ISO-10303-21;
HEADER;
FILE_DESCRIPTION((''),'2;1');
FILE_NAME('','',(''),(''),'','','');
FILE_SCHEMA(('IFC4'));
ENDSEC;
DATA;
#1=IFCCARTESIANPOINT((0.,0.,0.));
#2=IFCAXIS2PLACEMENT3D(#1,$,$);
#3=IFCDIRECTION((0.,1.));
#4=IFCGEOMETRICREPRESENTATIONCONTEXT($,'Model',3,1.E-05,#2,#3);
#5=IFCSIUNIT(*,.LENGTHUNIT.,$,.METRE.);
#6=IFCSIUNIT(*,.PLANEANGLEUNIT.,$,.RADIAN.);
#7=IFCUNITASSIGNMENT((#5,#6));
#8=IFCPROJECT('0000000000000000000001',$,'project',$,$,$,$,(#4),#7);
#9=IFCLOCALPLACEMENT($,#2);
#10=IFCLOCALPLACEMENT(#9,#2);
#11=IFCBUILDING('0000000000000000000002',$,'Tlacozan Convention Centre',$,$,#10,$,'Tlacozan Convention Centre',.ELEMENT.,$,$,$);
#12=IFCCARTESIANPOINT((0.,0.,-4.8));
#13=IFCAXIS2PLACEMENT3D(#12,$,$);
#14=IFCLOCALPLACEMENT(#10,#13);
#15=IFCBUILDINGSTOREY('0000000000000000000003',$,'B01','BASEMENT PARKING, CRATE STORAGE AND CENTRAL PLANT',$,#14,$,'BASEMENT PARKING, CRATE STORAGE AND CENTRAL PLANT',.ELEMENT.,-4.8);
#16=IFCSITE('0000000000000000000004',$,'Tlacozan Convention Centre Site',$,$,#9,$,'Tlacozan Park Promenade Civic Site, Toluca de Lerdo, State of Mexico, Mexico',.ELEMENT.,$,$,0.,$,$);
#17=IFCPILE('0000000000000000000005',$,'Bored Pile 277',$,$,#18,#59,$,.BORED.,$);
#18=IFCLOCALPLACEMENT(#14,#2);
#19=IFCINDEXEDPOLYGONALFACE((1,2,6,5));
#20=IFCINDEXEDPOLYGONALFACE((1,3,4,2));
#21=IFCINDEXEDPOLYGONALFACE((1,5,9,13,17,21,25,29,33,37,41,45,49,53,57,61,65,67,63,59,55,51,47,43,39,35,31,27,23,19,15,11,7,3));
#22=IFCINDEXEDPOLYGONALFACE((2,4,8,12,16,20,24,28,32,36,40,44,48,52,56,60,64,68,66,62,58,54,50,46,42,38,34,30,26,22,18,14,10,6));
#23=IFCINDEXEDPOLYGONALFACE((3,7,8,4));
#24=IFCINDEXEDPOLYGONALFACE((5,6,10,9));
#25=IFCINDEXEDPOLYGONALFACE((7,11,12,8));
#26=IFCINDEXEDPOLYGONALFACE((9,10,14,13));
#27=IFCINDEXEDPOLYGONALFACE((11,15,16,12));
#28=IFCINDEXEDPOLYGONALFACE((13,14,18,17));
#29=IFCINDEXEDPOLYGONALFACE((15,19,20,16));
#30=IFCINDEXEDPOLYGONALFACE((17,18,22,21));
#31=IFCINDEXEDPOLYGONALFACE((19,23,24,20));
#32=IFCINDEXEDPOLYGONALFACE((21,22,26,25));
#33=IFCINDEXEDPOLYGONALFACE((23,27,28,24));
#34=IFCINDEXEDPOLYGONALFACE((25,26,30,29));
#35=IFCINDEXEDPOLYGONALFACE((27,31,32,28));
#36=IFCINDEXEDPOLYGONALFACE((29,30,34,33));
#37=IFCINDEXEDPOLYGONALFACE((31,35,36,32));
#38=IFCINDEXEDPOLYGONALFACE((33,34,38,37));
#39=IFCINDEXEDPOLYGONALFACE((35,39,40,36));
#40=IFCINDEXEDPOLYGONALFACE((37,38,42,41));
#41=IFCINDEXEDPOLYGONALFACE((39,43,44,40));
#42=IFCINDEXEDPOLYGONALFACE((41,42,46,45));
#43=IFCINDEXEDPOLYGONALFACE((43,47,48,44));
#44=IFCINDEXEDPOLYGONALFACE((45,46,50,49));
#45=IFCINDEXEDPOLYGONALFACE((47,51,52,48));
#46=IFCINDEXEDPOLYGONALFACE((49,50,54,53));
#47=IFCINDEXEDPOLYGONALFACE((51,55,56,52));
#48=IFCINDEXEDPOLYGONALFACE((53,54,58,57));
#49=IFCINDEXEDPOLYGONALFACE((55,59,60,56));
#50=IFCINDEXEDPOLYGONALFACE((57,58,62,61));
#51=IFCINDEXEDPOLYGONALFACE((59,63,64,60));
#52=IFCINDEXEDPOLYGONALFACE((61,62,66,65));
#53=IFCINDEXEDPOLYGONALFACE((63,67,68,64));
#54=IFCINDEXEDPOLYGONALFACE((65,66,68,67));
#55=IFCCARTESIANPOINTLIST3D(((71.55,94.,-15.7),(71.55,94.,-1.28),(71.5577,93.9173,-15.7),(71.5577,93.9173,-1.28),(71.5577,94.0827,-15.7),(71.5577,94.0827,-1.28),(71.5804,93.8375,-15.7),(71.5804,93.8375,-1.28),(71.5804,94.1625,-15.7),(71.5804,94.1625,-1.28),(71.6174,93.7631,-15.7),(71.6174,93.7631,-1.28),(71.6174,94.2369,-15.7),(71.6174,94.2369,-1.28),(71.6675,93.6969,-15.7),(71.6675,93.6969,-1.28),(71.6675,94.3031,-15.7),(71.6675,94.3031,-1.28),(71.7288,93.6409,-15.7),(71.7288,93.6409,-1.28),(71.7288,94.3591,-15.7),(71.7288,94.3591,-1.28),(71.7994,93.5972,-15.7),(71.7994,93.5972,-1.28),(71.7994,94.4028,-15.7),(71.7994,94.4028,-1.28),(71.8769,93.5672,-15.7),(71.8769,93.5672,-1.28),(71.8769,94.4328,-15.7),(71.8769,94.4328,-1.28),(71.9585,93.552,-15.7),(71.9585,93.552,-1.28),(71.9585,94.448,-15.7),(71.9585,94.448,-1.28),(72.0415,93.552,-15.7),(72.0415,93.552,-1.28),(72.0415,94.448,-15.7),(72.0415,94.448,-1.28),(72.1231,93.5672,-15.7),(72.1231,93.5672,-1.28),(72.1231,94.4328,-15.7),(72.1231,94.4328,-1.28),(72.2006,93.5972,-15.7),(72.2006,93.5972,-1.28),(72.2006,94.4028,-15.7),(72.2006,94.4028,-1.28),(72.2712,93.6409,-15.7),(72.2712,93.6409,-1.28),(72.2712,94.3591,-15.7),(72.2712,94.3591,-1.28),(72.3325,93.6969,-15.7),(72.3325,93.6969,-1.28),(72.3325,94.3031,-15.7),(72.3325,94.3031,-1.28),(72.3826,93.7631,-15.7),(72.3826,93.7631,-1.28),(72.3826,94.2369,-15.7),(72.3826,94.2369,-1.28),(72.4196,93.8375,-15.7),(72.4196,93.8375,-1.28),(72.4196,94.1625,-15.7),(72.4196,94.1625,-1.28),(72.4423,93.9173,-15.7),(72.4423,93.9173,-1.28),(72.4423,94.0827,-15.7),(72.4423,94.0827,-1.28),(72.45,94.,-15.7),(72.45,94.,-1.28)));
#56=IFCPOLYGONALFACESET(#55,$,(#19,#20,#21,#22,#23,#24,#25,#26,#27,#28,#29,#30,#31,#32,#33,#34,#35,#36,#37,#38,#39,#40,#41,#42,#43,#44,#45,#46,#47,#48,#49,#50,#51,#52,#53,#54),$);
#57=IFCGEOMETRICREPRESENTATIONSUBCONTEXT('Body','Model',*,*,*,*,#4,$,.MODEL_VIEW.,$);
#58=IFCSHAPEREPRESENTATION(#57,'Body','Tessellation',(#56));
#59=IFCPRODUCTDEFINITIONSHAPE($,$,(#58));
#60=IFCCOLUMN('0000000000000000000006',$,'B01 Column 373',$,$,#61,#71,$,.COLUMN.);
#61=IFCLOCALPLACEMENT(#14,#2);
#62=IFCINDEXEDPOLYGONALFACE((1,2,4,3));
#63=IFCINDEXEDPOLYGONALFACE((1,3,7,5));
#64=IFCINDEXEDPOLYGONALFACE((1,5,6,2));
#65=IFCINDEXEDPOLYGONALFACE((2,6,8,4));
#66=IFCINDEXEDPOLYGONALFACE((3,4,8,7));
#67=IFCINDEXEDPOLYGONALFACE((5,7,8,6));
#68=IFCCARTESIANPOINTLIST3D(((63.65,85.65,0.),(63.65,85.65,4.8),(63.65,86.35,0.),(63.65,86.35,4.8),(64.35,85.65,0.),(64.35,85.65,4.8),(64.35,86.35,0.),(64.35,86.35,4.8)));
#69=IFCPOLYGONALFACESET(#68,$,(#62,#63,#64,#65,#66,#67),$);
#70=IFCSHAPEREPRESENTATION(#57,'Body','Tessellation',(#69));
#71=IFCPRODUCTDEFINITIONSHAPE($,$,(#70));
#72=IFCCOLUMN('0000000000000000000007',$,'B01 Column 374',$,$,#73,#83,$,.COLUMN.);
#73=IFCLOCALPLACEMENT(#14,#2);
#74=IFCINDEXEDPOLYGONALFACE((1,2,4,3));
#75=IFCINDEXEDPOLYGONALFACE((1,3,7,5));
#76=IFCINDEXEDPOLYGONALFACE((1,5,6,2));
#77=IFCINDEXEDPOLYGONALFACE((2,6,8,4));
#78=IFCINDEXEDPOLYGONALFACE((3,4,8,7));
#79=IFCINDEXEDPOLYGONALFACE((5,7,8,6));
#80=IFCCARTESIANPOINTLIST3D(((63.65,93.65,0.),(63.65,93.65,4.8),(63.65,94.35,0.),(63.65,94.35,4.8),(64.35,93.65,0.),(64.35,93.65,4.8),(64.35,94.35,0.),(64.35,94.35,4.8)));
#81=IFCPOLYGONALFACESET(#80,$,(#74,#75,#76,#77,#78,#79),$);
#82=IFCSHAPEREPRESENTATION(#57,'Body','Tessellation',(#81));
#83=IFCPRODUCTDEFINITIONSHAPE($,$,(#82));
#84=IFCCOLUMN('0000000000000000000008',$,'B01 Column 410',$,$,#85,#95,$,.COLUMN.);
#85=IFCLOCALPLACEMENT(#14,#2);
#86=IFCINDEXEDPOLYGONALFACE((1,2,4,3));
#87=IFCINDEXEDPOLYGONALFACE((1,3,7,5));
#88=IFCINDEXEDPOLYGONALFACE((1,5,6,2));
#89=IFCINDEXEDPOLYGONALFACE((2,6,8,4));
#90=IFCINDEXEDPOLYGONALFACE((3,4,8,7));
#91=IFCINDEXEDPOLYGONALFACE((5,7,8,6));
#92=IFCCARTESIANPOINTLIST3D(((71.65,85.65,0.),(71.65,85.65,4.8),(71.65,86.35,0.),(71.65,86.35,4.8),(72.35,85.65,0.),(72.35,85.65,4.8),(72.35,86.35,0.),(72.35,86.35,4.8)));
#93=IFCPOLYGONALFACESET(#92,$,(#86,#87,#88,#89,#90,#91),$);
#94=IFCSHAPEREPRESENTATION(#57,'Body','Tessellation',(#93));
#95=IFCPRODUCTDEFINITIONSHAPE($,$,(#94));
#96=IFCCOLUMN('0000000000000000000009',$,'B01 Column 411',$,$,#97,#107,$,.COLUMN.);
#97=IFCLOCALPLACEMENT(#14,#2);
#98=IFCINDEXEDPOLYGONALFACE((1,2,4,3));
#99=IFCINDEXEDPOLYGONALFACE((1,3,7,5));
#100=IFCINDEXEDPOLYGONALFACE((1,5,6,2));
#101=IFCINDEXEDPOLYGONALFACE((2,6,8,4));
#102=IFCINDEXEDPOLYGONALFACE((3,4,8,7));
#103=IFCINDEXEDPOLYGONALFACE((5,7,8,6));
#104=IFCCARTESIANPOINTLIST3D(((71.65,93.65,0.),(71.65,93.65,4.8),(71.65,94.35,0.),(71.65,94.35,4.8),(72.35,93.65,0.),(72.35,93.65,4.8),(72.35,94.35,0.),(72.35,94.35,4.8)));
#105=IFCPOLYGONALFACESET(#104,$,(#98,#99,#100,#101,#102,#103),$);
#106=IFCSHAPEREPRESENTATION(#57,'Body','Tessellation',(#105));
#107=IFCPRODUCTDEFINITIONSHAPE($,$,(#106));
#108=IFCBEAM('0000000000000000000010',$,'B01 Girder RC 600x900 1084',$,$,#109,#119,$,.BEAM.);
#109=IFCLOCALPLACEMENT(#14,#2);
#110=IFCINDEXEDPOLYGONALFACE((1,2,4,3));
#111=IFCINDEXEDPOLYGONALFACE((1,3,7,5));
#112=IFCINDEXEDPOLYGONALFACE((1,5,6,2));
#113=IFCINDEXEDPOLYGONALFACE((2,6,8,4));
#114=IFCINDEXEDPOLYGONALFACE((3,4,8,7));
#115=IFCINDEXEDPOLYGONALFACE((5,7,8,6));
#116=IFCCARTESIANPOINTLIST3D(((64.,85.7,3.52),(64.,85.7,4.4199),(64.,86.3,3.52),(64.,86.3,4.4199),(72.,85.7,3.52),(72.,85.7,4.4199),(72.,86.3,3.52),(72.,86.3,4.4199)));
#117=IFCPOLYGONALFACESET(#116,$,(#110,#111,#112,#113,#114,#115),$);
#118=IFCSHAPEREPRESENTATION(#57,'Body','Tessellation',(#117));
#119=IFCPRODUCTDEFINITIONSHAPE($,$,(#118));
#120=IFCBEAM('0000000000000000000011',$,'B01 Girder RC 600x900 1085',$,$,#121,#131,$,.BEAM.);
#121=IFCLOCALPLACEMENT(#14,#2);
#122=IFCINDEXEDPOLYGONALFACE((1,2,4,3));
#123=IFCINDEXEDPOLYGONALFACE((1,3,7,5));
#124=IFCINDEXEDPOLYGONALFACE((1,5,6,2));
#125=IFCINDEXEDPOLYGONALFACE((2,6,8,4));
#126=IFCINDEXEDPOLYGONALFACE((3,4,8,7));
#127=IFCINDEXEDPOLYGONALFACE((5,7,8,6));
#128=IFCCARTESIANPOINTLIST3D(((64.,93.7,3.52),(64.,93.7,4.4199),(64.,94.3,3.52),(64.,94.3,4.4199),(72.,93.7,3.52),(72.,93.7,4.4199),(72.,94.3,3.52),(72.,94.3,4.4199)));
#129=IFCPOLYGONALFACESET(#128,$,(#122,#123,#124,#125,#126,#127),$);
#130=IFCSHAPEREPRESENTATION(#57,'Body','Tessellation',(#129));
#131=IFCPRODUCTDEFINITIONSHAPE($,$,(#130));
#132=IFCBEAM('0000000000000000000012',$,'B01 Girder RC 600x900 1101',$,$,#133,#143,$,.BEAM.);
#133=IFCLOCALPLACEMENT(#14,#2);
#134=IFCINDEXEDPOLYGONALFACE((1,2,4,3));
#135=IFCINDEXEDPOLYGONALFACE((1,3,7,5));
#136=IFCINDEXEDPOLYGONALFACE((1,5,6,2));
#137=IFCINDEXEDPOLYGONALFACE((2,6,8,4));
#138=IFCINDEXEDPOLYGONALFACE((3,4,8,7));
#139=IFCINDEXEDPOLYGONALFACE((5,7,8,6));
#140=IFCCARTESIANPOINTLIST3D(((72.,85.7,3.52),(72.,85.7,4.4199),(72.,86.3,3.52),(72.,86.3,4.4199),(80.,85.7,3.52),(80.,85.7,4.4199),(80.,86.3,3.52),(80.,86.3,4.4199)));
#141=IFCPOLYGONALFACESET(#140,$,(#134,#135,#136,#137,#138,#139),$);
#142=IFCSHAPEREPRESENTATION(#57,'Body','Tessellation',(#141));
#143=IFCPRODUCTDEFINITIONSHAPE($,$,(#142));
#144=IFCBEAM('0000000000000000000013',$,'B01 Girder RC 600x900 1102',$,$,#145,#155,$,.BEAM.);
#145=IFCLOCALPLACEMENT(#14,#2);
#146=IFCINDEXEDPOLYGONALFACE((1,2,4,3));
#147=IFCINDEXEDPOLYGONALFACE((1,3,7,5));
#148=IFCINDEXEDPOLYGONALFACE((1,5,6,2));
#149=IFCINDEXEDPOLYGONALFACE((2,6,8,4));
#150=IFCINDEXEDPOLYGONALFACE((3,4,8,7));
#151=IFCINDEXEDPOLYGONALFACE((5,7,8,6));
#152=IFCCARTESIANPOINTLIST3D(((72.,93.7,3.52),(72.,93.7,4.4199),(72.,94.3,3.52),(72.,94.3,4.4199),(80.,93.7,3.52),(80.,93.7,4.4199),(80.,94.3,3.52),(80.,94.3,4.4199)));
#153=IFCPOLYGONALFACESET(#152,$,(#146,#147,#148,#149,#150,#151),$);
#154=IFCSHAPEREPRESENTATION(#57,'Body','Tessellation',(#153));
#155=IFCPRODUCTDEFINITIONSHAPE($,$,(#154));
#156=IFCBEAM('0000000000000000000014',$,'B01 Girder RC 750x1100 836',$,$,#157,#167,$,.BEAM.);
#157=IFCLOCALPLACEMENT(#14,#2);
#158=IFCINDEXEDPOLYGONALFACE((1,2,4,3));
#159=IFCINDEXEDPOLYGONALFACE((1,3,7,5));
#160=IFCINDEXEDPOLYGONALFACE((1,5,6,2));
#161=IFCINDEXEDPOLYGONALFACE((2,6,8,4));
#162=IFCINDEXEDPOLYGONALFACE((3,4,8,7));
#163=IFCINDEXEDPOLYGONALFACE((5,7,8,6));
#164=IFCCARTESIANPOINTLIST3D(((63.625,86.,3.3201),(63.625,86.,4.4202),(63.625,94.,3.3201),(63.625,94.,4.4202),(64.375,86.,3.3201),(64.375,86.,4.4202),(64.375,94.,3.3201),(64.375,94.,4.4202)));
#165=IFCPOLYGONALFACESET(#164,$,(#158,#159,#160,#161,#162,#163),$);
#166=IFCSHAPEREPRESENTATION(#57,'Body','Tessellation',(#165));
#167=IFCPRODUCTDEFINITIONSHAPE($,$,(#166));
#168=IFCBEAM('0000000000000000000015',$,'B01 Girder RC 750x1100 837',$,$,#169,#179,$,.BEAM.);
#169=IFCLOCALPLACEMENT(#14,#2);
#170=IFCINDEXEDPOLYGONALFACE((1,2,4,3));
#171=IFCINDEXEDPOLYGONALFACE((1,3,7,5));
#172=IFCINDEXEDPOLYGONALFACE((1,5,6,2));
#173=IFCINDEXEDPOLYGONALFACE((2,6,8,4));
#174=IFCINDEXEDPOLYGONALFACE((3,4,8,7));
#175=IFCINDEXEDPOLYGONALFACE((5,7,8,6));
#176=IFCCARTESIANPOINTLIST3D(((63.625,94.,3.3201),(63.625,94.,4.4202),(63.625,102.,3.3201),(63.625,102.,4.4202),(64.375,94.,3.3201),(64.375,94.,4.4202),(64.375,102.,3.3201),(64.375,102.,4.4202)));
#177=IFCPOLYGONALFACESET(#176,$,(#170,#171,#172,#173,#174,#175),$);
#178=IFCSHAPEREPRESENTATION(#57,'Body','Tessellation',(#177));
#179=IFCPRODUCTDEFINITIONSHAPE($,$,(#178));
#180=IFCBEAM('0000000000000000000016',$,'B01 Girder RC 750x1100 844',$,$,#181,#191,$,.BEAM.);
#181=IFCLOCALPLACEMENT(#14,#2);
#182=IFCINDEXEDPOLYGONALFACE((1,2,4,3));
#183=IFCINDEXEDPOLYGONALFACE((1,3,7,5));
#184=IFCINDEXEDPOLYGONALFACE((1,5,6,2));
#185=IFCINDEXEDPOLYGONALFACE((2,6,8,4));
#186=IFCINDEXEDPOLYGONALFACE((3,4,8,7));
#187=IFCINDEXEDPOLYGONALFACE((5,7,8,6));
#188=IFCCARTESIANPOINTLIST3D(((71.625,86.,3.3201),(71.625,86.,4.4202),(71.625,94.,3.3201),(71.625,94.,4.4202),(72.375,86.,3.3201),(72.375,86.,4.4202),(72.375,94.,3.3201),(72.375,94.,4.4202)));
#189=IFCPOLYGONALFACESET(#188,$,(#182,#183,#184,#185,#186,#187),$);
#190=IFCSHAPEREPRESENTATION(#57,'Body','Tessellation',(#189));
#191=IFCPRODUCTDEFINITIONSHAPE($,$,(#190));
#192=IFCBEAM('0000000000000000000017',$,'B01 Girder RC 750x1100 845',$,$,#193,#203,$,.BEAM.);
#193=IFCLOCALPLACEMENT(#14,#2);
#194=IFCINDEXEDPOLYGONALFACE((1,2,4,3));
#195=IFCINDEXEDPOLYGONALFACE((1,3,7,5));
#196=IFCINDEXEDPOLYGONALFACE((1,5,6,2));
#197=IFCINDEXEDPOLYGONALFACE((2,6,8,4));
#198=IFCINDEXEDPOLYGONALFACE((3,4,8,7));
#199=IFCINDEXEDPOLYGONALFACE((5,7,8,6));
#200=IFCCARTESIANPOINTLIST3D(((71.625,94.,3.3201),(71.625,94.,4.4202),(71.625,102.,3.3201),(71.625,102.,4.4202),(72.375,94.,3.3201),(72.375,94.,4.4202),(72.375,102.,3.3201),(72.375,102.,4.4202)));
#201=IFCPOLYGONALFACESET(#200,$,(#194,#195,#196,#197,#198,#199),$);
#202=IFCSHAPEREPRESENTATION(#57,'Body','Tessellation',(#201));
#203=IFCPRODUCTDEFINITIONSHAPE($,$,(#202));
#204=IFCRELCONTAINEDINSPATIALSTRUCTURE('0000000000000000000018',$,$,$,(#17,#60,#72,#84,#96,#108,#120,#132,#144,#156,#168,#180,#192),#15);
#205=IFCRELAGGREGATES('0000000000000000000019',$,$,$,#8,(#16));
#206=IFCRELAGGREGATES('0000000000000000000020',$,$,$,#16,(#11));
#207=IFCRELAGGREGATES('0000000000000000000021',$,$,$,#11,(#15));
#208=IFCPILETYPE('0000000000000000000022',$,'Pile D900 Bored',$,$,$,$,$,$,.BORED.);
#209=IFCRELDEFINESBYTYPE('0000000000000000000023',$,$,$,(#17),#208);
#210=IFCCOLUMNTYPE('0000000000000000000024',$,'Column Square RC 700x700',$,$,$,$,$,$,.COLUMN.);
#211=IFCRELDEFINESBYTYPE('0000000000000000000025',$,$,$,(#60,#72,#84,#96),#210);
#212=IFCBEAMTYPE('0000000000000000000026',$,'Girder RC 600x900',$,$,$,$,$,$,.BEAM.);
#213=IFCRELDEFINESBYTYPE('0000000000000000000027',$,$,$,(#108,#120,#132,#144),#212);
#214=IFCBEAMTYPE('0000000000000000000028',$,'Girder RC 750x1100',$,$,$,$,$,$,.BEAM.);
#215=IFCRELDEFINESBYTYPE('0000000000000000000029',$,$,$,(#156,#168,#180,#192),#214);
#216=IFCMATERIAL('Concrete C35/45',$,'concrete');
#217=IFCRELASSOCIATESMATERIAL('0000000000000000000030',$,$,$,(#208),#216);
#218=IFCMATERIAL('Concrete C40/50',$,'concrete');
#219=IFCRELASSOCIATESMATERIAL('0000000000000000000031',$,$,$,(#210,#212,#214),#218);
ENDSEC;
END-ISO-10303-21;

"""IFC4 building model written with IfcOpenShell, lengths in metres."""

from ifc_helpers import new_model, si_unit, direction, frame, origin, origin_2d, place, context, subcontext, project, spatial, rectangle, circle, extrude, material, material_profile, profile_set, type_object, element, save


model = new_model("IFC4")

# Units and contexts
model_context = context("Model", 3, precision=1e-05, world=origin(), true_north=direction((0.0, 1.0)))
body_context = subcontext(model_context, "Body", "Model", "MODEL_VIEW")
ifc_project = project(units=[si_unit("LENGTHUNIT", "METRE"), si_unit("PLANEANGLEUNIT", "RADIAN")], contexts=[model_context])

# Site, building, storey
site_placement = place(None, origin())
site = spatial("IfcSite", under=ifc_project, at=site_placement, Name="Tlacozan Convention Centre Site", LongName="Tlacozan Park Promenade Civic Site, Toluca de Lerdo, State of Mexico, Mexico", CompositionType="ELEMENT", RefElevation=0.0)
building_placement = place(site_placement, origin())
building = spatial("IfcBuilding", under=site, at=building_placement, Name="Tlacozan Convention Centre", LongName="Tlacozan Convention Centre", CompositionType="ELEMENT")
storey_placement = place(building_placement, frame((0.0, 0.0, -4.8)))
storey = spatial("IfcBuildingStorey", under=building, at=storey_placement, Name="B01", Description="BASEMENT PARKING, CRATE STORAGE AND CENTRAL PLANT", LongName="BASEMENT PARKING, CRATE STORAGE AND CENTRAL PLANT", CompositionType="ELEMENT", Elevation=-4.8)

# Shared definitions
ifc_material_1 = material(Name="Concrete C35/45", Category="concrete")

# Pile
ifc_material_profile_1 = material_profile(ifc_material_1, circle(Radius=0.45, at=origin_2d()), Name="PILE D900")
ifc_profile_set_1 = profile_set([ifc_material_profile_1], Name="Concrete C35/45")
pile_type_1 = type_object("IfcPileType", Name="Pile D900 Bored", PredefinedType="BORED", material=ifc_profile_set_1)
for number, where, z_axis, x_axis, name in (
    (1, (72.0, 94.0, -1.28), (0.0, 0.0, -1.0), (1.0, 0.0, 0.0), "Bored Pile 277"),
):
    element("IfcPile", number, at=place(storey_placement, frame(where, z_axis=z_axis, x_axis=x_axis)), inside=storey, type_object=pile_type_1, Name=name, PredefinedType="BORED", context=body_context, shape_type="SweptSolid", body=[
        extrude(circle(Radius=0.45, at=origin_2d()), origin(), (0.0, 0.0, 1.0), 14.4199),
    ])

# Columns
ifc_material_2 = material(Name="Concrete C40/50", Category="concrete")
ifc_material_profile_2 = material_profile(ifc_material_2, rectangle(XDim=0.7, YDim=0.7, at=origin_2d()), Name="RC 700x700")
ifc_profile_set_2 = profile_set([ifc_material_profile_2], Name="Concrete C40/50")
column_type = type_object("IfcColumnType", Name="Column Square RC 700x700", PredefinedType="COLUMN", material=ifc_profile_set_2)
for number, where, z_axis, x_axis, name in (
    (2, (64.0, 86.0, 0.0), (0.0, 0.0, 1.0), (1.0, 0.0, 0.0), "B01 Column 373"),
    (3, (64.0, 94.0, 0.0), (0.0, 0.0, 1.0), (1.0, 0.0, 0.0), "B01 Column 374"),
    (4, (72.0, 86.0, 0.0), (0.0, 0.0, 1.0), (1.0, 0.0, 0.0), "B01 Column 410"),
    (5, (72.0, 94.0, 0.0), (0.0, 0.0, 1.0), (1.0, 0.0, 0.0), "B01 Column 411"),
):
    element("IfcColumn", number, at=place(storey_placement, frame(where, z_axis=z_axis, x_axis=x_axis)), inside=storey, type_object=column_type, Name=name, PredefinedType="COLUMN", context=body_context, shape_type="SweptSolid", body=[
        extrude(rectangle(XDim=0.7, YDim=0.7, at=origin_2d()), origin(), (0.0, 0.0, 1.0), 4.8),
    ])

# Beams
ifc_material_profile_3 = material_profile(ifc_material_2, rectangle(XDim=0.6001, YDim=0.8999, at=origin_2d()), Name="RC 600x900")
ifc_profile_set_3 = profile_set([ifc_material_profile_3], Name="Concrete C40/50")
beam_type_1 = type_object("IfcBeamType", Name="Girder RC 600x900", PredefinedType="BEAM", material=ifc_profile_set_3)
for number, where, z_axis, x_axis, name in (
    (6, (64.0, 86.0, 3.97), (1.0, 0.0, 0.0), (0.0, 1.0, 0.0), "B01 Girder RC 600x900 1084"),
    (7, (64.0, 94.0, 3.97), (1.0, 0.0, 0.0), (0.0, 1.0, 0.0), "B01 Girder RC 600x900 1085"),
    (8, (72.0, 86.0, 3.97), (1.0, 0.0, 0.0), (0.0, 1.0, 0.0), "B01 Girder RC 600x900 1101"),
    (9, (72.0, 94.0, 3.97), (1.0, 0.0, 0.0), (0.0, 1.0, 0.0), "B01 Girder RC 600x900 1102"),
):
    element("IfcBeam", number, at=place(storey_placement, frame(where, z_axis=z_axis, x_axis=x_axis)), inside=storey, type_object=beam_type_1, Name=name, PredefinedType="BEAM", context=body_context, shape_type="SweptSolid", body=[
        extrude(rectangle(XDim=0.6001, YDim=0.8999, at=origin_2d()), origin(), (0.0, 0.0, 1.0), 8.0),
    ])
ifc_material_profile_4 = material_profile(ifc_material_2, rectangle(XDim=0.75, YDim=1.1001, at=origin_2d()), Name="RC 750x1100")
ifc_profile_set_4 = profile_set([ifc_material_profile_4], Name="Concrete C40/50")
beam_type_2 = type_object("IfcBeamType", Name="Girder RC 750x1100", PredefinedType="BEAM", material=ifc_profile_set_4)
for number, where, z_axis, x_axis, name in (
    (10, (64.0, 86.0, 3.8701), (0.0, 1.0, 0.0), (-1.0, 0.0, 0.0), "B01 Girder RC 750x1100 836"),
    (11, (64.0, 94.0, 3.8701), (0.0, 1.0, 0.0), (-1.0, 0.0, 0.0), "B01 Girder RC 750x1100 837"),
    (12, (72.0, 86.0, 3.8701), (0.0, 1.0, 0.0), (-1.0, 0.0, 0.0), "B01 Girder RC 750x1100 844"),
    (13, (72.0, 94.0, 3.8701), (0.0, 1.0, 0.0), (-1.0, 0.0, 0.0), "B01 Girder RC 750x1100 845"),
):
    element("IfcBeam", number, at=place(storey_placement, frame(where, z_axis=z_axis, x_axis=x_axis)), inside=storey, type_object=beam_type_2, Name=name, PredefinedType="BEAM", context=body_context, shape_type="SweptSolid", body=[
        extrude(rectangle(XDim=0.75, YDim=1.1001, at=origin_2d()), origin(), (0.0, 0.0, 1.0), 8.0),
    ])

save(model, "model.ifc")
